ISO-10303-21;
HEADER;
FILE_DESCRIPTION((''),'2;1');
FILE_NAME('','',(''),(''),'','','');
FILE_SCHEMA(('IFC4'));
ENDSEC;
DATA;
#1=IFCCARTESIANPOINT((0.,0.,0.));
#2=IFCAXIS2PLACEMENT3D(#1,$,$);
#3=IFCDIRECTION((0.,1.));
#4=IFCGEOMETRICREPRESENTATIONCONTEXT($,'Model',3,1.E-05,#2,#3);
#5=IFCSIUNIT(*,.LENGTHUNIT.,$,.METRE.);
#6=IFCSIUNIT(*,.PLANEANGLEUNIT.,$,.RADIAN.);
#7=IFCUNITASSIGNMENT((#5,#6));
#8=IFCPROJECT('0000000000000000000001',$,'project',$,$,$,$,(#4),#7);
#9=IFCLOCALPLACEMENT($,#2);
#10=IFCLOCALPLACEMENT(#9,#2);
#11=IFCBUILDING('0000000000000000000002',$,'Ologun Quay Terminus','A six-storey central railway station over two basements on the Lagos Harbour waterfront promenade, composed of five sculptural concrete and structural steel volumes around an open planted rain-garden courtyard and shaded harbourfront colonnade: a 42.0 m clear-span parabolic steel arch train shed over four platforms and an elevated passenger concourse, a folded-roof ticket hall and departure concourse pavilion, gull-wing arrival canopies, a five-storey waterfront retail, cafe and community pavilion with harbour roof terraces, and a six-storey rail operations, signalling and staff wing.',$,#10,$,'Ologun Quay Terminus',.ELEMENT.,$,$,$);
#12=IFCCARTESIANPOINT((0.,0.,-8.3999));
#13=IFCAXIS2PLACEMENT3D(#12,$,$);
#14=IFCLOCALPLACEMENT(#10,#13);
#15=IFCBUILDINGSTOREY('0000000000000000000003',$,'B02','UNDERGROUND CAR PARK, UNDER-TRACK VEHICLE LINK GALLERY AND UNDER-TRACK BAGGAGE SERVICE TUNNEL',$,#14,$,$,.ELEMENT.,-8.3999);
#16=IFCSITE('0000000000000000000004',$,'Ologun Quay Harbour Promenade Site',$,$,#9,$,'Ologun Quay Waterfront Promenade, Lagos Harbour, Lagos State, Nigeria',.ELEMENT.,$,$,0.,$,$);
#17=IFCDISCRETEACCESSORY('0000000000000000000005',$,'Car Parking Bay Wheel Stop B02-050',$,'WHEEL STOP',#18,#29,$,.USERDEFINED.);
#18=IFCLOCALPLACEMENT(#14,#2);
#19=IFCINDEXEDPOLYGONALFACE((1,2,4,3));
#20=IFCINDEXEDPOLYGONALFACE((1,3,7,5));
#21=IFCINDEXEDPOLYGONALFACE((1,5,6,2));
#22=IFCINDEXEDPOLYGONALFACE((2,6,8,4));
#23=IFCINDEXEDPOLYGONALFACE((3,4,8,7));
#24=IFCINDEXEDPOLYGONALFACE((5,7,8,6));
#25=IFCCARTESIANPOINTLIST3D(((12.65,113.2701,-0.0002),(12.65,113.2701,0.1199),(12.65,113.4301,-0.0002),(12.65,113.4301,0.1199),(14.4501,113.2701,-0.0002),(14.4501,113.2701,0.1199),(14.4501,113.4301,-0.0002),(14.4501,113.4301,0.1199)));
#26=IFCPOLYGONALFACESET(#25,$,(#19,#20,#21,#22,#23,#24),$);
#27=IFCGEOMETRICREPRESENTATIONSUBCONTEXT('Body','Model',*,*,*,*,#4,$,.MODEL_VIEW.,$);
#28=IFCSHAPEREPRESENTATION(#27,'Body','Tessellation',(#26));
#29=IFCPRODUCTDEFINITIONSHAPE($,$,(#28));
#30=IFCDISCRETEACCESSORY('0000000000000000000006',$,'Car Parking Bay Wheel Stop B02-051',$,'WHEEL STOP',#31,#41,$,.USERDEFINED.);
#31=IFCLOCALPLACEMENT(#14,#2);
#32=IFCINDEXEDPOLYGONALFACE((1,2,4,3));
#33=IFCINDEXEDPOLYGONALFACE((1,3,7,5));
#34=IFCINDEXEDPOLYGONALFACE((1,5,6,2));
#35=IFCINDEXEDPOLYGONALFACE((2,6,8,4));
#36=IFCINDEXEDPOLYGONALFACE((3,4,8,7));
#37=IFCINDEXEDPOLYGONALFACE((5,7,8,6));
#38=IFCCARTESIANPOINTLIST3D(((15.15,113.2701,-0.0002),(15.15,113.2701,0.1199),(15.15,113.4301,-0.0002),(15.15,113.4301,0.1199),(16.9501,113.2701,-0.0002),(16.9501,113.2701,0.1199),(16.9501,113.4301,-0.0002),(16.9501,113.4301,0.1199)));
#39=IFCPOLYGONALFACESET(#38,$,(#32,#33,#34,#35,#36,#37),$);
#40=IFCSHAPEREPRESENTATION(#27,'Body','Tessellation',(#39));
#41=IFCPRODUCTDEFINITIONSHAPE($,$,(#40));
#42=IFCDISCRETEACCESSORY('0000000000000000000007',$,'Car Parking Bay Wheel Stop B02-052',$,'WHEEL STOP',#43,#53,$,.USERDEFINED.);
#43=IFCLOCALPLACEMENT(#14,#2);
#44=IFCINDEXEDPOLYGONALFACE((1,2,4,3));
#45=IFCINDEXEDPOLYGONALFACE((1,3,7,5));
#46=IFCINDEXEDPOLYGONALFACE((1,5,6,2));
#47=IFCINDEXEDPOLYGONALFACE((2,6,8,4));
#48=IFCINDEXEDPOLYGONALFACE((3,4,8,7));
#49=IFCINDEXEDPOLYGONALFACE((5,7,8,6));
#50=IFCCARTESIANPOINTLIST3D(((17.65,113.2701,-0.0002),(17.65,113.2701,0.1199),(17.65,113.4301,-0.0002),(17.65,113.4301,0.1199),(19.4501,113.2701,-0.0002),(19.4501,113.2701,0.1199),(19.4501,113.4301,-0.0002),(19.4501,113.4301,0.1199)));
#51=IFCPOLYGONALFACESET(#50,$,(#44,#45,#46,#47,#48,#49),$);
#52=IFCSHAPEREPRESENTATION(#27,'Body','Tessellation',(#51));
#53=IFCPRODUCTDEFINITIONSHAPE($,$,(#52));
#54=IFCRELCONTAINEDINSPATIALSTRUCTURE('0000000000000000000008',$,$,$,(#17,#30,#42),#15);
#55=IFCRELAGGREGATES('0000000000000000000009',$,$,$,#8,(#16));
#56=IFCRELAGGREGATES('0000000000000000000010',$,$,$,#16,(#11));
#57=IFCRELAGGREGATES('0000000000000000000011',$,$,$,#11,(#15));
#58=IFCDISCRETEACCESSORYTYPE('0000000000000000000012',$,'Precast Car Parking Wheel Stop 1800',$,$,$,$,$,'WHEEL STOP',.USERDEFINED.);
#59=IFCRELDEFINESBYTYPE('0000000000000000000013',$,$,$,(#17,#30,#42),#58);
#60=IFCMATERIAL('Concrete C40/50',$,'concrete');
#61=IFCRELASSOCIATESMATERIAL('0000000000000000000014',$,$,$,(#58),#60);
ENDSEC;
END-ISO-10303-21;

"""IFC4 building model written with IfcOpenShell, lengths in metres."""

from ifc_helpers import new_model, si_unit, direction, frame, origin, origin_2d, place, context, subcontext, project, spatial, rectangle, extrude, material, type_object, element, save


model = new_model("IFC4")

# Units and contexts
model_context = context("Model", 3, precision=1e-05, world=origin(), true_north=direction((0.0, 1.0)))
body_context = subcontext(model_context, "Body", "Model", "MODEL_VIEW")
ifc_project = project(units=[si_unit("LENGTHUNIT", "METRE"), si_unit("PLANEANGLEUNIT", "RADIAN")], contexts=[model_context])

# Site, building, storey
site_placement = place(None, origin())
site = spatial("IfcSite", under=ifc_project, at=site_placement, Name="Ologun Quay Harbour Promenade Site", LongName="Ologun Quay Waterfront Promenade, Lagos Harbour, Lagos State, Nigeria", CompositionType="ELEMENT", RefElevation=0.0)
building_placement = place(site_placement, origin())
building = spatial("IfcBuilding", under=site, at=building_placement, Name="Ologun Quay Terminus", Description="A six-storey central railway station over two basements on the Lagos Harbour waterfront promenade, composed of five sculptural concrete and structural steel volumes around an open planted rain-garden courtyard and shaded harbourfront colonnade: a 42.0 m clear-span parabolic steel arch train shed over four platforms and an elevated passenger concourse, a folded-roof ticket hall and departure concourse pavilion, gull-wing arrival canopies, a five-storey waterfront retail, cafe and community pavilion with harbour roof terraces, and a six-storey rail operations, signalling and staff wing.", LongName="Ologun Quay Terminus", CompositionType="ELEMENT")
storey_placement = place(building_placement, frame((0.0, 0.0, -8.3999)))
storey = spatial("IfcBuildingStorey", under=building, at=storey_placement, Name="B02", Description="UNDERGROUND CAR PARK, UNDER-TRACK VEHICLE LINK GALLERY AND UNDER-TRACK BAGGAGE SERVICE TUNNEL", CompositionType="ELEMENT", Elevation=-8.3999)

# Discrete accessories
ifc_material_1 = material(Name="Concrete C40/50", Category="concrete")
discrete_accessory_type = type_object("IfcDiscreteAccessoryType", Name="Precast Car Parking Wheel Stop 1800", ElementType="WHEEL STOP", PredefinedType="USERDEFINED", material=ifc_material_1)
for number, where, z_axis, x_axis, name in (
    (1, (13.55, 113.3501, -0.0002), (0.0, 0.0, 1.0), (1.0, 0.0, 0.0), "Car Parking Bay Wheel Stop B02-050"),
    (2, (16.05, 113.3501, -0.0002), (0.0, 0.0, 1.0), (1.0, 0.0, 0.0), "Car Parking Bay Wheel Stop B02-051"),
    (3, (18.55, 113.3501, -0.0002), (0.0, 0.0, 1.0), (1.0, 0.0, 0.0), "Car Parking Bay Wheel Stop B02-052"),
):
    element("IfcDiscreteAccessory", number, at=place(storey_placement, frame(where, z_axis=z_axis, x_axis=x_axis)), inside=storey, type_object=discrete_accessory_type, Name=name, ObjectType="WHEEL STOP", PredefinedType="USERDEFINED", context=body_context, shape_type="SweptSolid", body=[
        extrude(rectangle(XDim=1.8, YDim=0.1599, at=origin_2d()), origin(), (0.0, 0.0, 1.0), 0.1201),
    ])

save(model, "model.ifc")
